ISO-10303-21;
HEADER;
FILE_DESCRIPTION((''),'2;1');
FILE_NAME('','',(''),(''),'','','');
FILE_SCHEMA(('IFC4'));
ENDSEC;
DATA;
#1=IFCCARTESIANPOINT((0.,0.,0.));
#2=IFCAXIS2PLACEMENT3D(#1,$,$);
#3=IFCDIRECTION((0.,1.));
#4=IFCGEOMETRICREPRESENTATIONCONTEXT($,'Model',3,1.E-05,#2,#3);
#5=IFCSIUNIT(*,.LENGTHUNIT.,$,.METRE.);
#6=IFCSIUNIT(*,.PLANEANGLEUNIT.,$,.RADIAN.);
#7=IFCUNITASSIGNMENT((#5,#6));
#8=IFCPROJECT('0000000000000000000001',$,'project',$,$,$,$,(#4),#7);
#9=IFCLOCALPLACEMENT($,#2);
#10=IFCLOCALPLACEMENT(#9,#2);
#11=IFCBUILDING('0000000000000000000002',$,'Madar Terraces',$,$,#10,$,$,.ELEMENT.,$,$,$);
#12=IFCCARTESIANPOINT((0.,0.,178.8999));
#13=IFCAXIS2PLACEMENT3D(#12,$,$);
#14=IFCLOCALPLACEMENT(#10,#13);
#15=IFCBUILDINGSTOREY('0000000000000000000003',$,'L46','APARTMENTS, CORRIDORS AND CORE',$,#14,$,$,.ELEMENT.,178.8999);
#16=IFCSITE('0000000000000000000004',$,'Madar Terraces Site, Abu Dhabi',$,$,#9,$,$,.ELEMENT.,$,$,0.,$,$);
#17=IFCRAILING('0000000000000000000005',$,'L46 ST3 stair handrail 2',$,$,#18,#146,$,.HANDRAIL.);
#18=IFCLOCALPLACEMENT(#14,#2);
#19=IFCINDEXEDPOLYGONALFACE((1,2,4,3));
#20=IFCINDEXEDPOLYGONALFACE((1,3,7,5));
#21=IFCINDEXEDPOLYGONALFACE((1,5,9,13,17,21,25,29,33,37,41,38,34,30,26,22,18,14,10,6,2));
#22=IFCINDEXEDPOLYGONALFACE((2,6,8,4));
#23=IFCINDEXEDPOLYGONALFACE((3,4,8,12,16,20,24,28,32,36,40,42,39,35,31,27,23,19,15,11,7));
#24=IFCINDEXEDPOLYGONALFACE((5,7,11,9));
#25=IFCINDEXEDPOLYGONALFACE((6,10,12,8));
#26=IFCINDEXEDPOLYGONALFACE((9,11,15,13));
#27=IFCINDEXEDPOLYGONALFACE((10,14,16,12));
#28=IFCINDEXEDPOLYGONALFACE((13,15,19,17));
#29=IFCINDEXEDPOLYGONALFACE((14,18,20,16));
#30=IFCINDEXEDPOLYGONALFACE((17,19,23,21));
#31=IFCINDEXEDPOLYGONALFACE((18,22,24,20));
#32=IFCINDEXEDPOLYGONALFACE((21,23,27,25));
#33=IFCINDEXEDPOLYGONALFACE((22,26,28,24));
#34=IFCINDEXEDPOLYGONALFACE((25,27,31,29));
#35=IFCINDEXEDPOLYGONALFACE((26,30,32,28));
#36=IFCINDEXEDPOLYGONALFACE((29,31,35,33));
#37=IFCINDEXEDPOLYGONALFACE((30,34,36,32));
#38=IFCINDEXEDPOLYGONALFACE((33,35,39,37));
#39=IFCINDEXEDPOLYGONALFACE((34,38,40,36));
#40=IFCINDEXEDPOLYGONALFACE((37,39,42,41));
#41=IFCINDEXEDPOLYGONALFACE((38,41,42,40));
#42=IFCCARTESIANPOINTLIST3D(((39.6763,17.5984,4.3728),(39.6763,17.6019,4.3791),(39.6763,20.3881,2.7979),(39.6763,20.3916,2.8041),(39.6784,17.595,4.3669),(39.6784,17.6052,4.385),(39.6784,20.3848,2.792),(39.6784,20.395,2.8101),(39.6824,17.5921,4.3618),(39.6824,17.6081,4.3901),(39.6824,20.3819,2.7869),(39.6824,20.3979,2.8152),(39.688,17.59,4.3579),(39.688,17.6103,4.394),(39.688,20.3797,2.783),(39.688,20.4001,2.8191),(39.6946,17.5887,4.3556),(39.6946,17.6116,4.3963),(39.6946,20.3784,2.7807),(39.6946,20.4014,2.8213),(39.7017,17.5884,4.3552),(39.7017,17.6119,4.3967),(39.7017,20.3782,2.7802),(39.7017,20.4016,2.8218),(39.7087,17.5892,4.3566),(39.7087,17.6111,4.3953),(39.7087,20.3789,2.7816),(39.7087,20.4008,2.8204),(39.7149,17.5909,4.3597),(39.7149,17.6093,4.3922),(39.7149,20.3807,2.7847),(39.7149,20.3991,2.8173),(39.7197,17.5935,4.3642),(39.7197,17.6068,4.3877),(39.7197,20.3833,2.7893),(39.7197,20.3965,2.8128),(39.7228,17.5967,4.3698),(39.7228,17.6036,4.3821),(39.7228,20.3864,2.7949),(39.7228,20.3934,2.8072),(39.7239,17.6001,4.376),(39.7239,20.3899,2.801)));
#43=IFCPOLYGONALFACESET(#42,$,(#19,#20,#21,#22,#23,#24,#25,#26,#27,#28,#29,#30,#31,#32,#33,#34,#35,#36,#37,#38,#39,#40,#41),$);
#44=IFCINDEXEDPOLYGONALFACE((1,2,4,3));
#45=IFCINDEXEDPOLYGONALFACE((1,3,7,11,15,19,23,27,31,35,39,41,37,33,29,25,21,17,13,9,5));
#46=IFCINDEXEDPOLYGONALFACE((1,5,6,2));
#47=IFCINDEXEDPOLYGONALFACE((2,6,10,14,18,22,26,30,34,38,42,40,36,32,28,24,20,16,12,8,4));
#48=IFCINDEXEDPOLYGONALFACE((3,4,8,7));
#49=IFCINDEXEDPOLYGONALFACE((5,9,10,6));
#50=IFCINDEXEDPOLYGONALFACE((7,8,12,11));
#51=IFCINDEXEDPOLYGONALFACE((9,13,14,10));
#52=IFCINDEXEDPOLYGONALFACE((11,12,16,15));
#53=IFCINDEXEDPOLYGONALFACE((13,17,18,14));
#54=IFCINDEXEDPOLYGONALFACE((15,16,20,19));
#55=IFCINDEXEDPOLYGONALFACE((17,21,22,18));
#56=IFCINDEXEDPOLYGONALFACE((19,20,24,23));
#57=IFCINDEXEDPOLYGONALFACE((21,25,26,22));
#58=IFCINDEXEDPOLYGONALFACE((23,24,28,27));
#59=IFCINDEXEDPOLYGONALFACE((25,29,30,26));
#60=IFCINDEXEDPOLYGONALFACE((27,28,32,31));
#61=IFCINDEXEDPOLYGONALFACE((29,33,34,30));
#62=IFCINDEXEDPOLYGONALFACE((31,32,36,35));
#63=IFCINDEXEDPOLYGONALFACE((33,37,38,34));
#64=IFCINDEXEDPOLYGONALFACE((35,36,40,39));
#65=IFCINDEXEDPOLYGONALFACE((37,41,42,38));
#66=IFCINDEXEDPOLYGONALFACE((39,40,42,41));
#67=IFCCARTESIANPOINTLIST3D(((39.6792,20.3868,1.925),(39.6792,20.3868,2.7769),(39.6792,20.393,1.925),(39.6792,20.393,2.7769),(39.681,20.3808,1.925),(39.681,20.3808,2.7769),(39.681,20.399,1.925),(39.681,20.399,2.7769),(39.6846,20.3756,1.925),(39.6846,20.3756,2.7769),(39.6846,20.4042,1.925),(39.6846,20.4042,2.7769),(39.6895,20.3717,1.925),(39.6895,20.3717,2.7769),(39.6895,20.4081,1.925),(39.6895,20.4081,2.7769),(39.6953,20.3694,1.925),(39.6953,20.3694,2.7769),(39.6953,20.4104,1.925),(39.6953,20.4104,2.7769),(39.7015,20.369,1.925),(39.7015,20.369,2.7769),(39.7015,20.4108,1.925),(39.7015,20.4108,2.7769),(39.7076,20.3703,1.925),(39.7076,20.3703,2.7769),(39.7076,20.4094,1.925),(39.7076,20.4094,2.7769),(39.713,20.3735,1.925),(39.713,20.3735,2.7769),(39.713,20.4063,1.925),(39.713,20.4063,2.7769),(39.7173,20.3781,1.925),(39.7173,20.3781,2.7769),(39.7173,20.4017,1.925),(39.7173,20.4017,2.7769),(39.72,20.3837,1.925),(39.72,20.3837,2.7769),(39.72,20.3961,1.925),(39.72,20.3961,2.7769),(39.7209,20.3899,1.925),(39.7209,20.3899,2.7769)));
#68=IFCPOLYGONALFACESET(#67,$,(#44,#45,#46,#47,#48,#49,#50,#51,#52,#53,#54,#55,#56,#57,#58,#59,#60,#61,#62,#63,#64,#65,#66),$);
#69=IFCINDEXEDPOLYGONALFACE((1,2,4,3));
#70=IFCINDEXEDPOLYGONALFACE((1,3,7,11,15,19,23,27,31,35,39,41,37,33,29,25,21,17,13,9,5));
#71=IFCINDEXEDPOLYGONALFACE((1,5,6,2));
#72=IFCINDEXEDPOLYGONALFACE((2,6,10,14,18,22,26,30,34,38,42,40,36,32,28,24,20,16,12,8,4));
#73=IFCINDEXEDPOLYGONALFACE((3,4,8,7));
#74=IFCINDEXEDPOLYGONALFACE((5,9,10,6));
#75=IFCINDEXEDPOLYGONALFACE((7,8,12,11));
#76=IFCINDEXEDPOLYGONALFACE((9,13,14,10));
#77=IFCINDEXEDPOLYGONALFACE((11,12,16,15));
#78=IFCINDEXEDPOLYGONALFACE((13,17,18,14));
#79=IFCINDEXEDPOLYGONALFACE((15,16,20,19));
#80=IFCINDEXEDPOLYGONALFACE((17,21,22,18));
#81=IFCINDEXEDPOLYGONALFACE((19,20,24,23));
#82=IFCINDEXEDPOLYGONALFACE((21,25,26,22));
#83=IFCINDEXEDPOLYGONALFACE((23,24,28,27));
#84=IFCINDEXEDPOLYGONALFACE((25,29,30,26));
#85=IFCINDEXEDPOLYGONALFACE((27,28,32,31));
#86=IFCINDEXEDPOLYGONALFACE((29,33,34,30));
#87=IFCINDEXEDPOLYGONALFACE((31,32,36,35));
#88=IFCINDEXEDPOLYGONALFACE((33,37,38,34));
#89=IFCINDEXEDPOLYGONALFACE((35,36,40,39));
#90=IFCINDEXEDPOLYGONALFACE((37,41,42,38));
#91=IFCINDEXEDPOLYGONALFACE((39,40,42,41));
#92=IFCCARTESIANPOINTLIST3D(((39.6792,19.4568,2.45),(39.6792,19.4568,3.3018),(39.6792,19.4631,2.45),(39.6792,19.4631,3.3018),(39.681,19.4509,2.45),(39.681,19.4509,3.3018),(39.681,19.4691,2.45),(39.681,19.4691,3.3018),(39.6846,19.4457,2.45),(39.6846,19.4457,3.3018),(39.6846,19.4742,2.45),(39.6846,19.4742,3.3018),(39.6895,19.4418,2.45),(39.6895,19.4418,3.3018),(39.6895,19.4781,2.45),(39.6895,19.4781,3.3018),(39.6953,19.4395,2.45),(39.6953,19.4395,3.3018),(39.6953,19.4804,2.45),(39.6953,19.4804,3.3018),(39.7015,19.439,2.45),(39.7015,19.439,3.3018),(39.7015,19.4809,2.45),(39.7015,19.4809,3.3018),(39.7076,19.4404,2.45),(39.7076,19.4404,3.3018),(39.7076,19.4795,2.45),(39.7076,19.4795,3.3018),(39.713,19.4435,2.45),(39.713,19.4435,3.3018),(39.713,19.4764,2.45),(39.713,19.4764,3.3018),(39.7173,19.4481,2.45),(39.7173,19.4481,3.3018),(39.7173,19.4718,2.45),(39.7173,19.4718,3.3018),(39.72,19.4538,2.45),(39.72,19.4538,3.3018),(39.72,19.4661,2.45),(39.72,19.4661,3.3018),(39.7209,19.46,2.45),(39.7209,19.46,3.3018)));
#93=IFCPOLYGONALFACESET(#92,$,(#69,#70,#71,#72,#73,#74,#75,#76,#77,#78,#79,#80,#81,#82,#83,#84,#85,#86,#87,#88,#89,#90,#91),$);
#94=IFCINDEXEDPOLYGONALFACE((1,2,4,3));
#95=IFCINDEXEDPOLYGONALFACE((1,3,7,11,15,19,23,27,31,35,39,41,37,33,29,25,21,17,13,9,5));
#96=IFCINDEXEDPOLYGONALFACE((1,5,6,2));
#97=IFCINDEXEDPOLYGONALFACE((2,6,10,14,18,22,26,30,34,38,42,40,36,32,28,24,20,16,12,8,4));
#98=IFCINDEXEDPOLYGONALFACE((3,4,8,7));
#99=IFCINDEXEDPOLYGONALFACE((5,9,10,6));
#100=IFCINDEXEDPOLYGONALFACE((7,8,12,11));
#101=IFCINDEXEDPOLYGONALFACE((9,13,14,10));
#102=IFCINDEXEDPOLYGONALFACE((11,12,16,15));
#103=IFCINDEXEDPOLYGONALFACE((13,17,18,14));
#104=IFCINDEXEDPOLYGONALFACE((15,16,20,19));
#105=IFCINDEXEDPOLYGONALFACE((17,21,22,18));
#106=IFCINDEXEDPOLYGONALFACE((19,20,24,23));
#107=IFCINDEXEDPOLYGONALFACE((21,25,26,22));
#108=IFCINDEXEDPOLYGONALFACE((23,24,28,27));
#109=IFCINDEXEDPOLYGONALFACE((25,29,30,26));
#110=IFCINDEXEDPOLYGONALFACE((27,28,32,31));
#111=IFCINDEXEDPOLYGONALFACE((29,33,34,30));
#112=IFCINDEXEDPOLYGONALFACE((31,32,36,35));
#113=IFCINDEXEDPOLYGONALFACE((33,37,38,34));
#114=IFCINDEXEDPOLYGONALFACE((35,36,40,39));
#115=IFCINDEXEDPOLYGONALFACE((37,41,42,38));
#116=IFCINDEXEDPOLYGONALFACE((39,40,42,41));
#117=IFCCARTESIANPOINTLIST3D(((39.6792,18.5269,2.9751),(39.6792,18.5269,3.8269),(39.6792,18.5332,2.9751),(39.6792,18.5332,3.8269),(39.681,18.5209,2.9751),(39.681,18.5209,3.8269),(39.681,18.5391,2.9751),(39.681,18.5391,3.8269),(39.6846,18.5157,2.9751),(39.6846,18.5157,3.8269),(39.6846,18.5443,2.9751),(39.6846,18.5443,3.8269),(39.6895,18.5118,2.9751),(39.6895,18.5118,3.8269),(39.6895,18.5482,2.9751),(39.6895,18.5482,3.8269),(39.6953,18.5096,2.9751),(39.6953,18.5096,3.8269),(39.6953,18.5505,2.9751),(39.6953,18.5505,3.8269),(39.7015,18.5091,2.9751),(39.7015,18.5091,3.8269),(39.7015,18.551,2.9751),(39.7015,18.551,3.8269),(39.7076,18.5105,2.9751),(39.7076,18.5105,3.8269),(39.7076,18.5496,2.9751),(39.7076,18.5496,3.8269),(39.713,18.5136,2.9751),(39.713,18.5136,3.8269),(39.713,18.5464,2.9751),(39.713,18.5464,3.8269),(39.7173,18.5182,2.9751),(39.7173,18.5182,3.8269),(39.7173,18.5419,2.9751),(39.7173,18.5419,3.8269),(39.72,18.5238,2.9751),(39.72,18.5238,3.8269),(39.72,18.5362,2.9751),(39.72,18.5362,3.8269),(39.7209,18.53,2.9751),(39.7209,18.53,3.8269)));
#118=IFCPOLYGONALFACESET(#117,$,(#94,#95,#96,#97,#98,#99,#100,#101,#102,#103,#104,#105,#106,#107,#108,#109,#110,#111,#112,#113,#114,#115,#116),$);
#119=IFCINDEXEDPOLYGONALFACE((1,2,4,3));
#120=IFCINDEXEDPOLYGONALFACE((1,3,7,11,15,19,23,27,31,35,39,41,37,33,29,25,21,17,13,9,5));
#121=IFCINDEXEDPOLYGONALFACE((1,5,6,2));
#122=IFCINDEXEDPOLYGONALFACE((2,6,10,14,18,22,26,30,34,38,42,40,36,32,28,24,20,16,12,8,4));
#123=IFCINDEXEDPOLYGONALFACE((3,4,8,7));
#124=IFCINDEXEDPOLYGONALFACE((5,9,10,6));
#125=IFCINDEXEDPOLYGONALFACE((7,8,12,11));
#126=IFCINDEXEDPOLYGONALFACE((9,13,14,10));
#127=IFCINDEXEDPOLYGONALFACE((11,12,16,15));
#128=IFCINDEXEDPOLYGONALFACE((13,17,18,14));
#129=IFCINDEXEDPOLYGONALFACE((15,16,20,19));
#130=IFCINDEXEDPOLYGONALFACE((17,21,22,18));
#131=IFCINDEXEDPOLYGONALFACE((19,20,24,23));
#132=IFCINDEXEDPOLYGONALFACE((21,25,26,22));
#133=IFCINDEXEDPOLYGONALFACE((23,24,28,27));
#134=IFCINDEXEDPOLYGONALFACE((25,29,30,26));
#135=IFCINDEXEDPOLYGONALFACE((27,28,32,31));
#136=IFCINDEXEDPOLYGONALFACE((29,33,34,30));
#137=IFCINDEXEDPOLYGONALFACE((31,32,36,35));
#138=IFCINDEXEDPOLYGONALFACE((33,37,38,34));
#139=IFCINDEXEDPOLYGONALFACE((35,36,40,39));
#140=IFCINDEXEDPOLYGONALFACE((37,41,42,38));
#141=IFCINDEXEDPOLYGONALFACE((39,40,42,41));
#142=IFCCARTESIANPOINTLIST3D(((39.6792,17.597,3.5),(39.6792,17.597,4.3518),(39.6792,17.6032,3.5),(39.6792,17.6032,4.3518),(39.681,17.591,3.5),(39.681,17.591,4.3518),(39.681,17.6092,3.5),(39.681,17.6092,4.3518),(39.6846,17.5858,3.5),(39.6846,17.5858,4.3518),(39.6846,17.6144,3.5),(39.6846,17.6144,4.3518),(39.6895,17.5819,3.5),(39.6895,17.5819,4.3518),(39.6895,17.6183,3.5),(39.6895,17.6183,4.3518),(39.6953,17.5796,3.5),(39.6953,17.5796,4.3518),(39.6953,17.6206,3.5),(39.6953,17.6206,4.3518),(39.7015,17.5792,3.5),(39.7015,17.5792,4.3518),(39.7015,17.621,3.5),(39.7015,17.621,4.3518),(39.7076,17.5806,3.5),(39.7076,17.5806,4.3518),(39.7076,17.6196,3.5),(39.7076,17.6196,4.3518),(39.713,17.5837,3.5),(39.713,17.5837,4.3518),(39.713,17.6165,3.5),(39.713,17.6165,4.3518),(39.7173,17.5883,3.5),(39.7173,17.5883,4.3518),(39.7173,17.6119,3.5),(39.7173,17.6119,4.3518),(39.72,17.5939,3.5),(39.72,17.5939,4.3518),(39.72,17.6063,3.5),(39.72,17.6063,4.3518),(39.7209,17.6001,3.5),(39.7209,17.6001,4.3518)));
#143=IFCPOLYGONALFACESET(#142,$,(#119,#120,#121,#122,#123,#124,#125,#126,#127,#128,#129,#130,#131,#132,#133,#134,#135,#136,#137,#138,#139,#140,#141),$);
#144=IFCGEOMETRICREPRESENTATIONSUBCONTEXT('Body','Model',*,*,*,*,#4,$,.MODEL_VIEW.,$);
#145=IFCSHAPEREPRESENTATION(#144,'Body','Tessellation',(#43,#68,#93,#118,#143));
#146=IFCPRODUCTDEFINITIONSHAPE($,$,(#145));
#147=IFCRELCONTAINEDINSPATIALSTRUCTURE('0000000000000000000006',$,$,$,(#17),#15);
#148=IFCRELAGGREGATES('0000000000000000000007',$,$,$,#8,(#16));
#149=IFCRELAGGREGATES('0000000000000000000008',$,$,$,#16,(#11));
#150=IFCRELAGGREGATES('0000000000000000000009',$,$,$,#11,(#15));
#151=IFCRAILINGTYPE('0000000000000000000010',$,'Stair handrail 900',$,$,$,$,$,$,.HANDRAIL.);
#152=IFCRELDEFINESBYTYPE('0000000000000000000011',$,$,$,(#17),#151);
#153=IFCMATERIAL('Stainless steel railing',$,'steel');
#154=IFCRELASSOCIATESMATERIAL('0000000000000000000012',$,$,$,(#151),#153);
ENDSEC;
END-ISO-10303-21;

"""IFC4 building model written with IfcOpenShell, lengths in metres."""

from ifc_helpers import new_model, si_unit, direction, frame, origin, origin_2d, place, context, subcontext, project, spatial, circle, extrude, material, type_object, element, save


model = new_model("IFC4")

# Units and contexts
model_context = context("Model", 3, precision=1e-05, world=origin(), true_north=direction((0.0, 1.0)))
body_context = subcontext(model_context, "Body", "Model", "MODEL_VIEW")
ifc_project = project(units=[si_unit("LENGTHUNIT", "METRE"), si_unit("PLANEANGLEUNIT", "RADIAN")], contexts=[model_context])

# Site, building, storey
site_placement = place(None, origin())
site = spatial("IfcSite", under=ifc_project, at=site_placement, Name="Madar Terraces Site, Abu Dhabi", CompositionType="ELEMENT", RefElevation=0.0)
building_placement = place(site_placement, origin())
building = spatial("IfcBuilding", under=site, at=building_placement, Name="Madar Terraces", CompositionType="ELEMENT")
storey_placement = place(building_placement, frame((0.0, 0.0, 178.8999)))
storey = spatial("IfcBuildingStorey", under=building, at=storey_placement, Name="L46", Description="APARTMENTS, CORRIDORS AND CORE", CompositionType="ELEMENT", Elevation=178.8999)

# Railing
ifc_material_1 = material(Name="Stainless steel railing", Category="steel")
railing_type_1 = type_object("IfcRailingType", Name="Stair handrail 900", PredefinedType="HANDRAIL", material=ifc_material_1)
railing_1_placement = place(storey_placement, frame((39.7, 20.3899, 1.925)))
element("IfcRailing", 1, at=railing_1_placement, inside=storey, type_object=railing_type_1, Name="L46 ST3 stair handrail 2", PredefinedType="HANDRAIL", context=body_context, shape_type="SweptSolid", body=[
    extrude(circle(Radius=0.0239, at=origin_2d()), frame((0.0, 0.0, 0.876), z_axis=(0.0, -0.870815, 0.49161), x_axis=(1.0, 0.0, 0.0)), (0.0, 0.0, 1.0), 3.2036),
    extrude(circle(Radius=0.021, at=origin_2d()), origin(), (0.0, 0.0, 1.0), 0.8518),
    extrude(circle(Radius=0.021, at=origin_2d()), frame((0.0, -0.9299, 0.5249)), (0.0, 0.0, 1.0), 0.8518),
    extrude(circle(Radius=0.021, at=origin_2d()), frame((0.0, -1.8599, 1.05)), (0.0, 0.0, 1.0), 0.8518),
    extrude(circle(Radius=0.021, at=origin_2d()), frame((0.0, -2.7898, 1.575)), (0.0, 0.0, 1.0), 0.8518),
])

save(model, "model.ifc")
